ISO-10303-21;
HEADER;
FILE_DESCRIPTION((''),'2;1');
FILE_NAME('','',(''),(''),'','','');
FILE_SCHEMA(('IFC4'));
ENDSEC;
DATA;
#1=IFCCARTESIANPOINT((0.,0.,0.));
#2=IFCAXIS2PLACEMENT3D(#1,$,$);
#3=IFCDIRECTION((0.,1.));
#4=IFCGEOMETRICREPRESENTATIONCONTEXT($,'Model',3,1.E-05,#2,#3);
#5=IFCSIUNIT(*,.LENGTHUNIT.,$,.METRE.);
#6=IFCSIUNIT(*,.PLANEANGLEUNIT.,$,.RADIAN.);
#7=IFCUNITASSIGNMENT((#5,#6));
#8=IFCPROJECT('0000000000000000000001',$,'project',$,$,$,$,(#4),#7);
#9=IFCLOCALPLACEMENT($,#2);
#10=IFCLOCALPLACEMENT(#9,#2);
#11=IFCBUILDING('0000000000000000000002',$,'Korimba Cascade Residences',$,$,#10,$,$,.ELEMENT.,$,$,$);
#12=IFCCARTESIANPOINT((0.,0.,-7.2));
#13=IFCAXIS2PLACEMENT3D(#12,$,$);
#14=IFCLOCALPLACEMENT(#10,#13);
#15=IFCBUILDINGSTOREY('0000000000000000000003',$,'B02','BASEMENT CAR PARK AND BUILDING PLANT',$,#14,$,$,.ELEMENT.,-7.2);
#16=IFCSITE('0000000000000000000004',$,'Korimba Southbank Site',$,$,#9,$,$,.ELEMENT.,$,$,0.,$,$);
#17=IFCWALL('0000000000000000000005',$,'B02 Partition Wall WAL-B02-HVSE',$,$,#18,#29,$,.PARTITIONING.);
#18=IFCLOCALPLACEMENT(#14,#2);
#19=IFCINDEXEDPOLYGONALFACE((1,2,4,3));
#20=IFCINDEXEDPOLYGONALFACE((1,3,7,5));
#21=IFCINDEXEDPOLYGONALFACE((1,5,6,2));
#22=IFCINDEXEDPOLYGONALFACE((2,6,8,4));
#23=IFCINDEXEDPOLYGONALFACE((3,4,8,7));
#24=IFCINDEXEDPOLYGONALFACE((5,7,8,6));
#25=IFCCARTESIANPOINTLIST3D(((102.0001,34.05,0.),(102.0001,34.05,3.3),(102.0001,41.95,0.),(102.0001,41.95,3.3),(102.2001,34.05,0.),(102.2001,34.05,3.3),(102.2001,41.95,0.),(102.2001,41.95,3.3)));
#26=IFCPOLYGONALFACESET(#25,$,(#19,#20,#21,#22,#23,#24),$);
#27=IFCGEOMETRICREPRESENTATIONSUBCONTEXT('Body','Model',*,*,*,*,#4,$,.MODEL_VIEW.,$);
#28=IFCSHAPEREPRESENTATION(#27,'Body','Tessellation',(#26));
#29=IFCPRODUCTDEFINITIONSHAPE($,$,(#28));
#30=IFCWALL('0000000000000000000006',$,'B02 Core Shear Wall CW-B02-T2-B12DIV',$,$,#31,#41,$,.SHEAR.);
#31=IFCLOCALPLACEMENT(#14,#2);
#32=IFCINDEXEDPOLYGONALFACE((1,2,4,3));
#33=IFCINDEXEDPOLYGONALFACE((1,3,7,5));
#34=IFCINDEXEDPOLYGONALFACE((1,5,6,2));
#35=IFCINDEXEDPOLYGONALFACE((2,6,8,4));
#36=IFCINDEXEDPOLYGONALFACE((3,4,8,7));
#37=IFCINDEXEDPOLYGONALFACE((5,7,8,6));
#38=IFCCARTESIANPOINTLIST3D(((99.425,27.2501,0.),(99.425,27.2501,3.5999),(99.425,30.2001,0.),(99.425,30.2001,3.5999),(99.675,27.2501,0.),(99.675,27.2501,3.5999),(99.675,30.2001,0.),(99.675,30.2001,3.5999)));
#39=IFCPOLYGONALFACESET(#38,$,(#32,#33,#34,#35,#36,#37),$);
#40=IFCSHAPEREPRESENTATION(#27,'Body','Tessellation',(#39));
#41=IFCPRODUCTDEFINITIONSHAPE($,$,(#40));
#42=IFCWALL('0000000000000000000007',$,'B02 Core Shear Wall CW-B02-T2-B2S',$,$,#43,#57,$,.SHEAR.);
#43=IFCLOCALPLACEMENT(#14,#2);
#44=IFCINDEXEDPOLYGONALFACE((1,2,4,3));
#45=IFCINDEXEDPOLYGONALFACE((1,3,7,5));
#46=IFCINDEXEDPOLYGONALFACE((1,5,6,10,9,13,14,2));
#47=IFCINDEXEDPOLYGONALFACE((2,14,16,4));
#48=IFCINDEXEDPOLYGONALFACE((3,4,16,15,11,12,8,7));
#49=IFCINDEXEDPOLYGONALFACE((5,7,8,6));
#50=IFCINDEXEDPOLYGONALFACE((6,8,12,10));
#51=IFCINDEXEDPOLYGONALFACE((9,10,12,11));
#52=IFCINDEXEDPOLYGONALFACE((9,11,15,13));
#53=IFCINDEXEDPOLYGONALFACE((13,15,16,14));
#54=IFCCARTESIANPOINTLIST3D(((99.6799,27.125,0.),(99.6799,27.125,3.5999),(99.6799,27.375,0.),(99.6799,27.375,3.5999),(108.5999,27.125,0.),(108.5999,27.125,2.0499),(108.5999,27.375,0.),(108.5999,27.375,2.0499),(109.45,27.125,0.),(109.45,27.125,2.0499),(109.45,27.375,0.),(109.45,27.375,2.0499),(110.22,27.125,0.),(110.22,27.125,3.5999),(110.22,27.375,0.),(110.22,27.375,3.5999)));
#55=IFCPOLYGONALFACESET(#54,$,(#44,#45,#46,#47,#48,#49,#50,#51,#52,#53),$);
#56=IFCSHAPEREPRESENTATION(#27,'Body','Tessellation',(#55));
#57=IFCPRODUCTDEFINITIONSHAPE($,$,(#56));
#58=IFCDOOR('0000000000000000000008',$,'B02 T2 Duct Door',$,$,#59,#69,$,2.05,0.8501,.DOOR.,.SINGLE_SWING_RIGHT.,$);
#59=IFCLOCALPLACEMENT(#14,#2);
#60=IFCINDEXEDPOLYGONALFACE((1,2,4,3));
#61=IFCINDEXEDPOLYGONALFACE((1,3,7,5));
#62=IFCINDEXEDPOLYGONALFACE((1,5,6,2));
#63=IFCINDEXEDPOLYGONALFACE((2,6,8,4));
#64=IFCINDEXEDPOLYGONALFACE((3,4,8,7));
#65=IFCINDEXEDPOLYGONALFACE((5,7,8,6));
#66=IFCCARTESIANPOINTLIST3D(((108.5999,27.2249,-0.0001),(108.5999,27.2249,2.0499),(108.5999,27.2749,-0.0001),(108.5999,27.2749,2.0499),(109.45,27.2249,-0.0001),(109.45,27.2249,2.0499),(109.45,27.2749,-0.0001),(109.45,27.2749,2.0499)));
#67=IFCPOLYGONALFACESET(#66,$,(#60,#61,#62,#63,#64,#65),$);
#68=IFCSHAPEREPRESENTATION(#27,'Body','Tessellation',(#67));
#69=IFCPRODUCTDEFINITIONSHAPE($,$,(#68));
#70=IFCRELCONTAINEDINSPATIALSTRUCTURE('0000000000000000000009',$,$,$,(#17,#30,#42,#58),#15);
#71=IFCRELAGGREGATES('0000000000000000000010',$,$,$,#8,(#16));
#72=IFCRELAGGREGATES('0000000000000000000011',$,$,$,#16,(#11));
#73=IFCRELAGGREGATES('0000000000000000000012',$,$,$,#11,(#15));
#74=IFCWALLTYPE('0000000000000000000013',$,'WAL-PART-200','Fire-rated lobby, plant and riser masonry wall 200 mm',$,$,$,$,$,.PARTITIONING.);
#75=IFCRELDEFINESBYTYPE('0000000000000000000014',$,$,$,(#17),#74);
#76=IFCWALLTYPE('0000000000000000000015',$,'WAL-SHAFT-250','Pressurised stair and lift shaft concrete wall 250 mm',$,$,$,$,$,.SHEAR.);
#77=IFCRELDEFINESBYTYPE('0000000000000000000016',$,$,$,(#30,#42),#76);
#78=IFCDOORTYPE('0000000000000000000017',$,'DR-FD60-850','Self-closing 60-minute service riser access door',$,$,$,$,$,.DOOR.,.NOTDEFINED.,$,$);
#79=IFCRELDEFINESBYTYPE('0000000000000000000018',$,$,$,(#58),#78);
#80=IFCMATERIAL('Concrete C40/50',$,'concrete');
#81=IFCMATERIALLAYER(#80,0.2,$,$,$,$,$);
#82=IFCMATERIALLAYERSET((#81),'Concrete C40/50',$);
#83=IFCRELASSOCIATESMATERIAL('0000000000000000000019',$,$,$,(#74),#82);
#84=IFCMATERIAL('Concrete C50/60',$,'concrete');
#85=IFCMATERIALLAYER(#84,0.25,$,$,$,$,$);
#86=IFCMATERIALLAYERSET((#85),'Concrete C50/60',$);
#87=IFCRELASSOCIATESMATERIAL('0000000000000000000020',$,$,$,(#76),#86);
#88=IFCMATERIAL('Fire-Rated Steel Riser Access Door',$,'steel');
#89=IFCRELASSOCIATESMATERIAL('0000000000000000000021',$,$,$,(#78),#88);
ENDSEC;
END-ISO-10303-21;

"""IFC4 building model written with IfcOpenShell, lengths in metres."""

from ifc_helpers import new_model, si_unit, direction, frame, frame_2d, origin, place, context, subcontext, project, spatial, rectangle, extrude, material, layer, layer_set, type_object, element, fill, save


model = new_model("IFC4")

# Units and contexts
model_context = context("Model", 3, precision=1e-05, world=origin(), true_north=direction((0.0, 1.0)))
body_context = subcontext(model_context, "Body", "Model", "MODEL_VIEW")
ifc_project = project(units=[si_unit("LENGTHUNIT", "METRE"), si_unit("PLANEANGLEUNIT", "RADIAN")], contexts=[model_context])

# Site, building, storey
site_placement = place(None, origin())
site = spatial("IfcSite", under=ifc_project, at=site_placement, Name="Korimba Southbank Site", CompositionType="ELEMENT", RefElevation=0.0)
building_placement = place(site_placement, origin())
building = spatial("IfcBuilding", under=site, at=building_placement, Name="Korimba Cascade Residences", CompositionType="ELEMENT")
storey_placement = place(building_placement, frame((0.0, 0.0, -7.2)))
storey = spatial("IfcBuildingStorey", under=building, at=storey_placement, Name="B02", Description="BASEMENT CAR PARK AND BUILDING PLANT", CompositionType="ELEMENT", Elevation=-7.2)

# Shared definitions
ifc_material_1 = material(Name="Concrete C50/60", Category="concrete")

# Walls
ifc_material_2 = material(Name="Concrete C40/50", Category="concrete")
ifc_layer_1 = layer(ifc_material_2, 0.2)
ifc_layer_set_1 = layer_set([ifc_layer_1], Name="Concrete C40/50")
wall_type_1 = type_object("IfcWallType", Name="WAL-PART-200", Description="Fire-rated lobby, plant and riser masonry wall 200 mm", PredefinedType="PARTITIONING", material=ifc_layer_set_1)
wall_1_placement = place(storey_placement, frame((102.1001, 34.05, 0.0), z_axis=(0.0, 0.0, 1.0), x_axis=(0.0, 1.0, 0.0)))
element("IfcWall", 1, at=wall_1_placement, inside=storey, type_object=wall_type_1, Name="B02 Partition Wall WAL-B02-HVSE", PredefinedType="PARTITIONING", context=body_context, shape_type="SweptSolid", body=[
    extrude(rectangle(XDim=7.8999, YDim=0.2, at=frame_2d((3.95, 0.0))), origin(), (0.0, 0.0, 1.0), 3.3),
])
ifc_layer_2 = layer(ifc_material_1, 0.25)
ifc_layer_set_2 = layer_set([ifc_layer_2], Name="Concrete C50/60")
wall_type_2 = type_object("IfcWallType", Name="WAL-SHAFT-250", Description="Pressurised stair and lift shaft concrete wall 250 mm", PredefinedType="SHEAR", material=ifc_layer_set_2)
wall_2_placement = place(storey_placement, frame((99.55, 27.25, 0.0), z_axis=(0.0, 0.0, 1.0), x_axis=(0.0, 1.0, 0.0)))
element("IfcWall", 2, at=wall_2_placement, inside=storey, type_object=wall_type_2, Name="B02 Core Shear Wall CW-B02-T2-B12DIV", PredefinedType="SHEAR", context=body_context, shape_type="SweptSolid", body=[
    extrude(rectangle(XDim=2.95, YDim=0.25, at=frame_2d((1.4751, 0.0))), origin(), (0.0, 0.0, 1.0), 3.5999),
])

# Wall, opening, door
wall_3_placement = place(storey_placement, frame((99.6799, 27.25, 0.0), z_axis=(0.0, 0.0, 1.0), x_axis=(1.0, 0.0, 0.0)))
wall_3 = element("IfcWall", 3, at=wall_3_placement, inside=storey, type_object=wall_type_2, Name="B02 Core Shear Wall CW-B02-T2-B2S", PredefinedType="SHEAR", context=body_context, shape_type="SweptSolid", body=[
    extrude(rectangle(XDim=10.54, YDim=0.25, at=frame_2d((5.27, 0.0))), origin(), (0.0, 0.0, 1.0), 3.5999),
])
opening_1_placement = place(wall_3_placement, frame((8.9199, 0.0, 0.0)))
opening_1 = element("IfcOpeningElement", 4, at=opening_1_placement, cuts=wall_3, PredefinedType="OPENING", context=body_context, shape_type="SweptSolid", body=[
    extrude(rectangle(XDim=0.8501, YDim=2.05, at=frame_2d((0.425, 1.0249))), frame((0.0, 0.135, 0.0), z_axis=(0.0, -1.0, 0.0), x_axis=(1.0, 0.0, 0.0)), (0.0, 0.0, 1.0), 0.27),
])
ifc_material_3 = material(Name="Fire-Rated Steel Riser Access Door", Category="steel")
door_type_1 = type_object("IfcDoorType", Name="DR-FD60-850", Description="Self-closing 60-minute service riser access door", OperationType="NOTDEFINED", PredefinedType="DOOR", material=ifc_material_3)
door_1_placement = place(opening_1_placement, origin())
door_1 = element("IfcDoor", 5, at=door_1_placement, inside=storey, type_object=door_type_1, Name="B02 T2 Duct Door", OperationType="SINGLE_SWING_RIGHT", OverallHeight=2.05, OverallWidth=0.8501, PredefinedType="DOOR", context=body_context, shape_type="SweptSolid", body=[
    extrude(rectangle(XDim=0.8501, YDim=2.05, at=frame_2d((0.425, 1.0249))), frame((0.0, 0.0249, 0.0), z_axis=(0.0, -1.0, 0.0), x_axis=(1.0, 0.0, 0.0)), (0.0, 0.0, 1.0), 0.05),
])
fill(opening_1, door_1)

save(model, "model.ifc")
